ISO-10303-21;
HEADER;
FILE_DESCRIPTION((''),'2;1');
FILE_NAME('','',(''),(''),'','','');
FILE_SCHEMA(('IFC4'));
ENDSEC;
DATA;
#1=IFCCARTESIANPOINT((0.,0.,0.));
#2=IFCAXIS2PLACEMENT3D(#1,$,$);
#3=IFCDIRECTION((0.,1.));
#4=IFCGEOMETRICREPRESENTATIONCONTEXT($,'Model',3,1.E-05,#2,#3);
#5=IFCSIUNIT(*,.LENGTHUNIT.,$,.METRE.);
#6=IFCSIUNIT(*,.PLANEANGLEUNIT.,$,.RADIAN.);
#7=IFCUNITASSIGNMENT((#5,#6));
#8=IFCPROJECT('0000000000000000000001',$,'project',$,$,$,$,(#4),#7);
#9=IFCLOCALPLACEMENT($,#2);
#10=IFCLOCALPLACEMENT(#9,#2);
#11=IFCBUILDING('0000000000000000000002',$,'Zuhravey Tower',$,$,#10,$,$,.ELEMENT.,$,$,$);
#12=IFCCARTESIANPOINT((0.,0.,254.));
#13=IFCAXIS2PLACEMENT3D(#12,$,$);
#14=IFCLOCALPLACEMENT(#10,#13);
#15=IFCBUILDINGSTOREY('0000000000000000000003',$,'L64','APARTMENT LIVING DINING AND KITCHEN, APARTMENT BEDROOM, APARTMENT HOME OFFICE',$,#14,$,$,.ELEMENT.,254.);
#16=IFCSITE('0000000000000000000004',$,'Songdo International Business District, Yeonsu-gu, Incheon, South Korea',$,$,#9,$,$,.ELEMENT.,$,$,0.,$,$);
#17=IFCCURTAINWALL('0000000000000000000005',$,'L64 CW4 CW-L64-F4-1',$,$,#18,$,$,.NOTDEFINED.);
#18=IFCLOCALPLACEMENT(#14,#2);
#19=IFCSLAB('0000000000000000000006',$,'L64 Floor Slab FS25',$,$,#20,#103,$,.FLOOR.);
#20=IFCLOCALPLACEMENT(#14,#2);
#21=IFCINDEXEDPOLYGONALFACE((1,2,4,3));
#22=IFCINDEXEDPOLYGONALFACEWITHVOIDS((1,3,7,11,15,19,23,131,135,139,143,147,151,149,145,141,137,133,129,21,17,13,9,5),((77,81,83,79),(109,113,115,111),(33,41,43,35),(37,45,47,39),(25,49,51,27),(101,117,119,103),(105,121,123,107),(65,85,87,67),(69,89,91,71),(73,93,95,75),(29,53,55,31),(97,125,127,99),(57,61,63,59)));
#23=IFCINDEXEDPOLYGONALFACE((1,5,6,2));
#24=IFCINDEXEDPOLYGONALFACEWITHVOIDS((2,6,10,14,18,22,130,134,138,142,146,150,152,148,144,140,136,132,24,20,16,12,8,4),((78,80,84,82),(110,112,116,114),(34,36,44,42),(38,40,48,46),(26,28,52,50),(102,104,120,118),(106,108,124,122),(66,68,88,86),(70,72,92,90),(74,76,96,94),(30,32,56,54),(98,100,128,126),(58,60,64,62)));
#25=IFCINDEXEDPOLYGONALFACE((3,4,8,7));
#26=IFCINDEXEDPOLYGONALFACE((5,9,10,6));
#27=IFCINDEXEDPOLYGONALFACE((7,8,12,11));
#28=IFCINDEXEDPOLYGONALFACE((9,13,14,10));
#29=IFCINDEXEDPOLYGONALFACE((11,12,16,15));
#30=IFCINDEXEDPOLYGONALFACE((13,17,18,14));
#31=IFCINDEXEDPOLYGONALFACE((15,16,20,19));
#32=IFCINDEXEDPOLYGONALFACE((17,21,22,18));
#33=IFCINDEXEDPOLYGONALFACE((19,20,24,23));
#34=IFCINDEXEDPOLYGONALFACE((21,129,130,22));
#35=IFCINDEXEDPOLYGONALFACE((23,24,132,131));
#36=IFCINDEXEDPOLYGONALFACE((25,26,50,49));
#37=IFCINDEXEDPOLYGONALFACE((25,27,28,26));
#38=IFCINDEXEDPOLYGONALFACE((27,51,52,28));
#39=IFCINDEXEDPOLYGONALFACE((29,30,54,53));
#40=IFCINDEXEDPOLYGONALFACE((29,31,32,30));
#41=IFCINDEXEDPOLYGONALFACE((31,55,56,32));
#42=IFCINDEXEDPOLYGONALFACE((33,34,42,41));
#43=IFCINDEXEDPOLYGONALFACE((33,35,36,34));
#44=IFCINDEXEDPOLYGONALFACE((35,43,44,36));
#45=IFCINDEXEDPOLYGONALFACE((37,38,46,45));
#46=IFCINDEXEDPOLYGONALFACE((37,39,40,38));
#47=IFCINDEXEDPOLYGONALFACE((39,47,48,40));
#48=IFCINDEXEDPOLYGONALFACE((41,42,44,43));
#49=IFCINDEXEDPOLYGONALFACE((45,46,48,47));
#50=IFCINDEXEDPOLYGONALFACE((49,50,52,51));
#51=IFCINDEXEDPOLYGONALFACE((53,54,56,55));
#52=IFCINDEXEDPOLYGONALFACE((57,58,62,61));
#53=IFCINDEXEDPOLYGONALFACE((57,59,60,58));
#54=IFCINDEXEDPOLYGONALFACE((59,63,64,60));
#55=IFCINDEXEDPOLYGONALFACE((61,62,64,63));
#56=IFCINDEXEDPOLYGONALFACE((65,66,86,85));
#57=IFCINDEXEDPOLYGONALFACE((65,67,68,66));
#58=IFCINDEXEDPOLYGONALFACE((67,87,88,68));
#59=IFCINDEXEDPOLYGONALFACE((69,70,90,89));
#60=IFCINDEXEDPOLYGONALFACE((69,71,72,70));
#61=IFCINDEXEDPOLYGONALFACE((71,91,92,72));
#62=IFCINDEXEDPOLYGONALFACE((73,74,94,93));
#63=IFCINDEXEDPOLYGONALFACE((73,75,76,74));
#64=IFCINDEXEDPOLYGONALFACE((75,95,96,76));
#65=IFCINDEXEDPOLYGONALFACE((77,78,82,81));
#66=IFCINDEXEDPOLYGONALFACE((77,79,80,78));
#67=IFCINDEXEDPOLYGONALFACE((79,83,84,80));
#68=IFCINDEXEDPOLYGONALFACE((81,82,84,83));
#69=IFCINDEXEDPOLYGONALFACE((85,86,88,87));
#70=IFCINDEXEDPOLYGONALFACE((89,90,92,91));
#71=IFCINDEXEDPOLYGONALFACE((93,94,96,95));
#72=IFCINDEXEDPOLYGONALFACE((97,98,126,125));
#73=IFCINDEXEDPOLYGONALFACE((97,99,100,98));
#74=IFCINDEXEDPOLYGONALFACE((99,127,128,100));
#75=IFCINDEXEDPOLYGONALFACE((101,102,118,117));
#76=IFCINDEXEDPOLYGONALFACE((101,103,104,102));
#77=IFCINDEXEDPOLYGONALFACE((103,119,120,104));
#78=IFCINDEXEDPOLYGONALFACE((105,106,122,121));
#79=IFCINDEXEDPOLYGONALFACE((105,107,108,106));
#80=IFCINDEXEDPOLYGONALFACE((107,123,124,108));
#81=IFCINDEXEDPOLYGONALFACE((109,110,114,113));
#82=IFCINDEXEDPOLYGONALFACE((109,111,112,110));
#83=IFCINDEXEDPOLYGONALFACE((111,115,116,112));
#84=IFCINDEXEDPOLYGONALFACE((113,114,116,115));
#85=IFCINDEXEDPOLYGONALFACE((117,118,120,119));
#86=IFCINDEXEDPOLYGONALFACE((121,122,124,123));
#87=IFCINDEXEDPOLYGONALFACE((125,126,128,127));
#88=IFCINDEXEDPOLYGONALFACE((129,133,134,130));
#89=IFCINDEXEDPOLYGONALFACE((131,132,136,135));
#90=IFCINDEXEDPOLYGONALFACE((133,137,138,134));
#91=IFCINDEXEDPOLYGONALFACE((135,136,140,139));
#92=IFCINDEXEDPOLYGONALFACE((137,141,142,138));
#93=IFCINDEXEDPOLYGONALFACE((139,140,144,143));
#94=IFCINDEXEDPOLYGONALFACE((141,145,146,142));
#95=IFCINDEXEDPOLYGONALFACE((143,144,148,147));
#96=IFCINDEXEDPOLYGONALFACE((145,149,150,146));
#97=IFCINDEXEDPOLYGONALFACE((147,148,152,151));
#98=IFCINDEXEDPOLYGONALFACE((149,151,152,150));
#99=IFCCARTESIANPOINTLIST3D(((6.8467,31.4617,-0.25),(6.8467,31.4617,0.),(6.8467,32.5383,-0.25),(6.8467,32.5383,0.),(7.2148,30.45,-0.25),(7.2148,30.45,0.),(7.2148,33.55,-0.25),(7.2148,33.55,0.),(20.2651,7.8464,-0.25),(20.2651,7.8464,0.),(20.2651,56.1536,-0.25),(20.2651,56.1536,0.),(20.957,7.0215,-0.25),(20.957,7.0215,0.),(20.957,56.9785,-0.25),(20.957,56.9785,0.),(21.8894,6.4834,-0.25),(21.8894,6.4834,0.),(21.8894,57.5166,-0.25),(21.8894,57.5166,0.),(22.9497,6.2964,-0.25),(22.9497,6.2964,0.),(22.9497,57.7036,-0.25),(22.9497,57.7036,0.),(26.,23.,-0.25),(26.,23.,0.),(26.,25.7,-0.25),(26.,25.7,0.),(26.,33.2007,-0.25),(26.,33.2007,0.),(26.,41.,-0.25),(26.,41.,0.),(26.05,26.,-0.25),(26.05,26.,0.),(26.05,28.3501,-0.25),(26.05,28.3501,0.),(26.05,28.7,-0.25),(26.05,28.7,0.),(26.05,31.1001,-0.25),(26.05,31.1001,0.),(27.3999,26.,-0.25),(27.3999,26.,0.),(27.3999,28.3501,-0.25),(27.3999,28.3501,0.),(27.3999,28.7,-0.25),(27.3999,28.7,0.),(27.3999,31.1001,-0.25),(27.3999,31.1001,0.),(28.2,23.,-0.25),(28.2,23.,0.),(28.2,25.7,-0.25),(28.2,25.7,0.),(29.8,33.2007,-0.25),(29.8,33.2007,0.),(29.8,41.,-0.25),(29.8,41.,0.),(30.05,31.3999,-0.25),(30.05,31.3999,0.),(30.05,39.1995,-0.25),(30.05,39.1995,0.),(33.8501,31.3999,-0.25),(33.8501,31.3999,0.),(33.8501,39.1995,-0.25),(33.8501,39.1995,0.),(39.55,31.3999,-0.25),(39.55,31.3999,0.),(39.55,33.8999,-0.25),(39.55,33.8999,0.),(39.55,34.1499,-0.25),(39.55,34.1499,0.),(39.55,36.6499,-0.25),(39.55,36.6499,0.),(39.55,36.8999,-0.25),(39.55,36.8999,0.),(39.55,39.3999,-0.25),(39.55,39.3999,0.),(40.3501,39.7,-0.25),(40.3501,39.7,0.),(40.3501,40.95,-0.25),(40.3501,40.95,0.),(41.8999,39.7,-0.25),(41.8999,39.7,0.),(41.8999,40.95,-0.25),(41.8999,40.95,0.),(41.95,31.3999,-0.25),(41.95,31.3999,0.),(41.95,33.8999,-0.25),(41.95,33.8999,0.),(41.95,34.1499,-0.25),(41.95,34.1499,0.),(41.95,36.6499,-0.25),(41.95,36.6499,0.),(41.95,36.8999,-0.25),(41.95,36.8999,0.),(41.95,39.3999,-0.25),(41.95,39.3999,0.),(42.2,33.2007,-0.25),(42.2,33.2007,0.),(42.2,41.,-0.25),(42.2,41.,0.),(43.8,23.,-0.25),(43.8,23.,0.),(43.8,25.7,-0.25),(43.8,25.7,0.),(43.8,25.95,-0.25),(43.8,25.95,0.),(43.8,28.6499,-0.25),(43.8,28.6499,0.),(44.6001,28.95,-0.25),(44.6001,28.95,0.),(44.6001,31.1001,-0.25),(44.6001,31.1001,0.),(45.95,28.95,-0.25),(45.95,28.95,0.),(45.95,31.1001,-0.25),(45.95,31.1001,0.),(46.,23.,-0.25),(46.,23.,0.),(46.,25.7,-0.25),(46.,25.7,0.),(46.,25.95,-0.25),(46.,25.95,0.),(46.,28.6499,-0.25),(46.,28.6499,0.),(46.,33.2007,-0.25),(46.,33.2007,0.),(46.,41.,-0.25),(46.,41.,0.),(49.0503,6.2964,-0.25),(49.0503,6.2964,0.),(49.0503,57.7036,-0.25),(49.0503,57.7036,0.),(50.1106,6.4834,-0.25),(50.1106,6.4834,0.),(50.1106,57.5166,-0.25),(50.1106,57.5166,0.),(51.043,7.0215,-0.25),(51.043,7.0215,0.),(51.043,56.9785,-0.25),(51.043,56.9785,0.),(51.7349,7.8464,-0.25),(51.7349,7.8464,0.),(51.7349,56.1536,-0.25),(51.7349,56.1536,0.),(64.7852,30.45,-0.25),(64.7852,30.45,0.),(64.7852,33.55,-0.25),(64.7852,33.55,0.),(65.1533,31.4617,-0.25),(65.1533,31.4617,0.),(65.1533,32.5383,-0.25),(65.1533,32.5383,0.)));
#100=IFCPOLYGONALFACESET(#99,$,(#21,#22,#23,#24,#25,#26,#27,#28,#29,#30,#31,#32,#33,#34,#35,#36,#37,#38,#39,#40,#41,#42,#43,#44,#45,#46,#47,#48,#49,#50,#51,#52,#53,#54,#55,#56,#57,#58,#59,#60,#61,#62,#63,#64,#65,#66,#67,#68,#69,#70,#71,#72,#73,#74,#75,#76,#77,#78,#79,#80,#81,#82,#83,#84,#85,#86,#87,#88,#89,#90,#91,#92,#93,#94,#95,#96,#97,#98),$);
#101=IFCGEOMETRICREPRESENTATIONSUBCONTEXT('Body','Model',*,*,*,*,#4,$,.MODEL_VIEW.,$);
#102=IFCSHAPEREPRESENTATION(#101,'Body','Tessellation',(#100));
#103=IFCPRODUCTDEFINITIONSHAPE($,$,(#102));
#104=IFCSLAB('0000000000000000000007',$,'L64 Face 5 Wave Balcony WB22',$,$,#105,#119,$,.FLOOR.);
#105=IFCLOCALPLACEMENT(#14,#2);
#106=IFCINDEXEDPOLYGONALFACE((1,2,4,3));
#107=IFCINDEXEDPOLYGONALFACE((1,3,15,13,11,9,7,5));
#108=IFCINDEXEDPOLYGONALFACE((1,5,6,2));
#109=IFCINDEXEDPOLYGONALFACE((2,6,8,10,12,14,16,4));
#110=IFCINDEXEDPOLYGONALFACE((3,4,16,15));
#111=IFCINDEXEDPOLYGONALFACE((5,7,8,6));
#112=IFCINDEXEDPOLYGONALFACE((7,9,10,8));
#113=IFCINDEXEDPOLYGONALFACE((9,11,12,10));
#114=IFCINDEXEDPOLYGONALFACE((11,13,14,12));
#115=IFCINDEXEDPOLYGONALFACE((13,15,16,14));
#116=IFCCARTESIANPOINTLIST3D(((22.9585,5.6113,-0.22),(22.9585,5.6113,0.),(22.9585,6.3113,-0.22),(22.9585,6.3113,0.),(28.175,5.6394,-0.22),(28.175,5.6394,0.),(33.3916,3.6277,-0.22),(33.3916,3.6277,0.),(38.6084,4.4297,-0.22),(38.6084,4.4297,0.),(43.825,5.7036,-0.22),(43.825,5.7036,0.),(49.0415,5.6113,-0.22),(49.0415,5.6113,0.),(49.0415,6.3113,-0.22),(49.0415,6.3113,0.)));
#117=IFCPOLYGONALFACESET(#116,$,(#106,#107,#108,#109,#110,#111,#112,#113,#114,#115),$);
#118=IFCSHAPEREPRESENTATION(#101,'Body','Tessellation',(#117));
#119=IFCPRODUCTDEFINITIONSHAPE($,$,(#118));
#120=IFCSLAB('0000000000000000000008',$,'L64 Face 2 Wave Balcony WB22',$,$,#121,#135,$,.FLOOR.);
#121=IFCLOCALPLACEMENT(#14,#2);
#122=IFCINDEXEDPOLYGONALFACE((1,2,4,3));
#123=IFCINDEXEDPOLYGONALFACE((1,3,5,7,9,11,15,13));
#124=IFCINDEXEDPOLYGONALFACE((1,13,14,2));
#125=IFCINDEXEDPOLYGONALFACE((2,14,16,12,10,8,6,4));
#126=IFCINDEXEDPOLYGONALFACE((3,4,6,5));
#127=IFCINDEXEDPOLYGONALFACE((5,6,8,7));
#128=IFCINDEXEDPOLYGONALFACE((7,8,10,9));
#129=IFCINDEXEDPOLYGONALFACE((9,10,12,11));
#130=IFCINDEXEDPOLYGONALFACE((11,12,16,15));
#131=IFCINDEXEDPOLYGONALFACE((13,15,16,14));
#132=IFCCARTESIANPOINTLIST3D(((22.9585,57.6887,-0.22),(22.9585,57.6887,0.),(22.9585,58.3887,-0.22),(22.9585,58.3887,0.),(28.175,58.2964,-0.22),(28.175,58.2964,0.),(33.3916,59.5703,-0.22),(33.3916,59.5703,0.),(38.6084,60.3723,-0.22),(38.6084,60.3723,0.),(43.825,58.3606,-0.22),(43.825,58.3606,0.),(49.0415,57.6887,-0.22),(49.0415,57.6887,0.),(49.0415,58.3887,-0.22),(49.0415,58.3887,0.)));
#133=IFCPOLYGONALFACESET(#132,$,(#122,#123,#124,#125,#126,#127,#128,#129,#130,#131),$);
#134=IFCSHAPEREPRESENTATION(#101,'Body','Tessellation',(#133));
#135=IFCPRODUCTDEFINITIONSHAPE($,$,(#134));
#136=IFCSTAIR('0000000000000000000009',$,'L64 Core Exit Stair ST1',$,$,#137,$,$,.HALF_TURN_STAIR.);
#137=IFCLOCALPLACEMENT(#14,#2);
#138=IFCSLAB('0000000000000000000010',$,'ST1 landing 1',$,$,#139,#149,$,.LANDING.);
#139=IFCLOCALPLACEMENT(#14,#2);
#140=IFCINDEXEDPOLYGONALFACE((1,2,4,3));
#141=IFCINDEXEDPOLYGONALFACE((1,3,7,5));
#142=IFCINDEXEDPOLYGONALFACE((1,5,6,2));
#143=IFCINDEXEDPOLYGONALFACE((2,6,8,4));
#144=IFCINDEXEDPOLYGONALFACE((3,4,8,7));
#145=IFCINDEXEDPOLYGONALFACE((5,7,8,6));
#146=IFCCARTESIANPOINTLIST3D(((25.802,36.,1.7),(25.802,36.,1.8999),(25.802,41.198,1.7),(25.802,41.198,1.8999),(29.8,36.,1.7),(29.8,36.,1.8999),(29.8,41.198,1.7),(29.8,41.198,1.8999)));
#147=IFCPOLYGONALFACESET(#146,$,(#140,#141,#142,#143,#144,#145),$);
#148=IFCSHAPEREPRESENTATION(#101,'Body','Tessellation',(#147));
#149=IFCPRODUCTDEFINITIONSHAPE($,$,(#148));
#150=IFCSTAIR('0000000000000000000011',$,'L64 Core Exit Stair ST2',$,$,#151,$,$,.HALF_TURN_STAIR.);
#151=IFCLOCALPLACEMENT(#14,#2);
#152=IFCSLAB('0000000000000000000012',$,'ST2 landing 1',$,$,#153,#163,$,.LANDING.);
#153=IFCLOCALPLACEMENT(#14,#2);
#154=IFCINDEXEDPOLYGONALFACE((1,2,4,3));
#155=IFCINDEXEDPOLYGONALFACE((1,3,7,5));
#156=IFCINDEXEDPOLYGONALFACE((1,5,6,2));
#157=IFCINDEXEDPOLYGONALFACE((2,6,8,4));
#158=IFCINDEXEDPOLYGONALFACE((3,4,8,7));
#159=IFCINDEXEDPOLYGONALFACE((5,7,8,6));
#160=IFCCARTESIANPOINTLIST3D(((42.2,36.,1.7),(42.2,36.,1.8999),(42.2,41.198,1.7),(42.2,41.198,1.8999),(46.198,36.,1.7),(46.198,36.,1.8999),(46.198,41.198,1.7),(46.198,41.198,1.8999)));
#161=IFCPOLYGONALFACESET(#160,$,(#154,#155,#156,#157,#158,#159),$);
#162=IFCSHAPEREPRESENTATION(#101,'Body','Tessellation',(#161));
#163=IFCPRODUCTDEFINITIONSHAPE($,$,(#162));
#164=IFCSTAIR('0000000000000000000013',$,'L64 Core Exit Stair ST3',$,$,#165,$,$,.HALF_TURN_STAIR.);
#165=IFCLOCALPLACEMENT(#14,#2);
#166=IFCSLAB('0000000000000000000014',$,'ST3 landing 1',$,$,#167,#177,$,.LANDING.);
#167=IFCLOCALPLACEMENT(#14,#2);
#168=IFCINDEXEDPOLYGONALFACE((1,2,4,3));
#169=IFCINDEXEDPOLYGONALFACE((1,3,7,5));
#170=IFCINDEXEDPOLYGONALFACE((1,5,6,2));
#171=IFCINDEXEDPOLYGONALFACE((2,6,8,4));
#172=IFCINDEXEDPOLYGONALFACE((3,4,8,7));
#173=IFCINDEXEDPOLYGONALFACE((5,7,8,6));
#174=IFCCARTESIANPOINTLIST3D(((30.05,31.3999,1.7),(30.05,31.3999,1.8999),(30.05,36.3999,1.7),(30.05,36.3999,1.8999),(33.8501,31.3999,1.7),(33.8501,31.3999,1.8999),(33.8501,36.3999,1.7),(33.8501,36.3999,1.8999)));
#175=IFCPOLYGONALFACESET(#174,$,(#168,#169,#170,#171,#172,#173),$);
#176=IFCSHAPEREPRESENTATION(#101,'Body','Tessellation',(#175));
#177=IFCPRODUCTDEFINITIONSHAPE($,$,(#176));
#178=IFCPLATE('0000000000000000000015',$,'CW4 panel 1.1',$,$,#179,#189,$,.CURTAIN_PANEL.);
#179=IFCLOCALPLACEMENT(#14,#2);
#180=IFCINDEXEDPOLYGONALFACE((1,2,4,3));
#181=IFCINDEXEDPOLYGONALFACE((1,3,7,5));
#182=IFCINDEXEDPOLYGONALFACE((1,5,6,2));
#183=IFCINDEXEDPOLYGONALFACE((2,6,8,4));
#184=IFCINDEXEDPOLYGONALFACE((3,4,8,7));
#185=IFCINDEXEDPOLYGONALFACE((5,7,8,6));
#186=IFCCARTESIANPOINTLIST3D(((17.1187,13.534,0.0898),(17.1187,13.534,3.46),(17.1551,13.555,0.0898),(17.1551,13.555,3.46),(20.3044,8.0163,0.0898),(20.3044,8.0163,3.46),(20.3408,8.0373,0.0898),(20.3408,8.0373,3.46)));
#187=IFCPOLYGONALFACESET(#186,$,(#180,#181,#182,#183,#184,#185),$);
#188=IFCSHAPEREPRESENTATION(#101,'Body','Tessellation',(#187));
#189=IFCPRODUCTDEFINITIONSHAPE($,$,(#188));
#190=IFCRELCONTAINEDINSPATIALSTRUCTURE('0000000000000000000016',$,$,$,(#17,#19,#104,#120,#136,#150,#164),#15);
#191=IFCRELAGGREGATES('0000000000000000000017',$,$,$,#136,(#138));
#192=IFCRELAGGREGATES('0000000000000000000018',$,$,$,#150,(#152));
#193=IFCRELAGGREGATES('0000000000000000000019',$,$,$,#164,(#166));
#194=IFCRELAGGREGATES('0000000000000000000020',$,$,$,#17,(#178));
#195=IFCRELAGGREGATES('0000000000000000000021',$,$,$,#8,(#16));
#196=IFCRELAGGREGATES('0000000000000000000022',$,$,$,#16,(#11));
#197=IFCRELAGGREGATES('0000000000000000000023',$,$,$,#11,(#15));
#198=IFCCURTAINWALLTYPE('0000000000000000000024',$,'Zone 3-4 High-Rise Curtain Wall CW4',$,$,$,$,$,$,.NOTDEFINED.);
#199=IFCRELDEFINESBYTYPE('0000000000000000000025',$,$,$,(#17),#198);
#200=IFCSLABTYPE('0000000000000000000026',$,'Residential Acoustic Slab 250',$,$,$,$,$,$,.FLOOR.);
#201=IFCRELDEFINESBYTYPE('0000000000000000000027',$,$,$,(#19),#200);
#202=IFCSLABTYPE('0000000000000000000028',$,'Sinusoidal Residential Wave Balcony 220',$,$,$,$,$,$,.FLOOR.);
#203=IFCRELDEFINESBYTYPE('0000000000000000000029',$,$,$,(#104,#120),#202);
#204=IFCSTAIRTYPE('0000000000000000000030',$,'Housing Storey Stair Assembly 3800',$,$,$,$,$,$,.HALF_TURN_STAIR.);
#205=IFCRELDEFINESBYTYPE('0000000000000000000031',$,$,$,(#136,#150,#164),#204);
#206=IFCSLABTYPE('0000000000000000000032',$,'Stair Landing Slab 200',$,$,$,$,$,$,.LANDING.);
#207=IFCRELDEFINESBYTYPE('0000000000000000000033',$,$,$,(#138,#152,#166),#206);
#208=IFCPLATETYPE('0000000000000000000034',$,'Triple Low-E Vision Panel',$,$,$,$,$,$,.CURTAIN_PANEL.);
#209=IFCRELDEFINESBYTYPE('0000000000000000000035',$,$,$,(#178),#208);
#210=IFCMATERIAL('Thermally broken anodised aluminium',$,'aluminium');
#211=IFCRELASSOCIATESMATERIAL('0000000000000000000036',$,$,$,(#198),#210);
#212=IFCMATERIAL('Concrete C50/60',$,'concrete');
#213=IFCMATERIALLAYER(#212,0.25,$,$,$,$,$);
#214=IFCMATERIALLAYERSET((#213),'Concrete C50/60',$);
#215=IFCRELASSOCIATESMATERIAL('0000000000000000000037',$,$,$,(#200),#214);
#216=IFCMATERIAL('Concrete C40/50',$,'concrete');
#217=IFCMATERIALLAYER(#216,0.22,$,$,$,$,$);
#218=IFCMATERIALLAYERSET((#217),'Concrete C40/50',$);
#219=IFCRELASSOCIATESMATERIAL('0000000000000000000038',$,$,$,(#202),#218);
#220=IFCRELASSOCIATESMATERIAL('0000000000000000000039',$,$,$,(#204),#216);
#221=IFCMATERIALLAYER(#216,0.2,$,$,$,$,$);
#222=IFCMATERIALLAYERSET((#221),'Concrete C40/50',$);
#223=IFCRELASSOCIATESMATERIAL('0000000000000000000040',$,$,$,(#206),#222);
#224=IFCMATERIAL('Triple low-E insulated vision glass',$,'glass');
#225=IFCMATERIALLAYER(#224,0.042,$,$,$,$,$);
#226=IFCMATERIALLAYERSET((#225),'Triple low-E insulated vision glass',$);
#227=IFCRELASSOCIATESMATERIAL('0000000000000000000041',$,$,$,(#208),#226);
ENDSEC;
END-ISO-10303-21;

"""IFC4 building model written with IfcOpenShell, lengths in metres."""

from ifc_helpers import new_model, si_unit, direction, frame, origin, origin_2d, place, context, subcontext, project, spatial, polyline, rectangle, outline, extrude, material, layer, layer_set, type_object, element, aggregate, save


model = new_model("IFC4")

# Units and contexts
model_context = context("Model", 3, precision=1e-05, world=origin(), true_north=direction((0.0, 1.0)))
body_context = subcontext(model_context, "Body", "Model", "MODEL_VIEW")
ifc_project = project(units=[si_unit("LENGTHUNIT", "METRE"), si_unit("PLANEANGLEUNIT", "RADIAN")], contexts=[model_context])

# Site, building, storey
site_placement = place(None, origin())
site = spatial("IfcSite", under=ifc_project, at=site_placement, Name="Songdo International Business District, Yeonsu-gu, Incheon, South Korea", CompositionType="ELEMENT", RefElevation=0.0)
building_placement = place(site_placement, origin())
building = spatial("IfcBuilding", under=site, at=building_placement, Name="Zuhravey Tower", CompositionType="ELEMENT")
storey_placement = place(building_placement, frame((0.0, 0.0, 254.0)))
storey = spatial("IfcBuildingStorey", under=building, at=storey_placement, Name="L64", Description="APARTMENT LIVING DINING AND KITCHEN, APARTMENT BEDROOM, APARTMENT HOME OFFICE", CompositionType="ELEMENT", Elevation=254.0)

# Shared definitions
ifc_material_1 = material(Name="Concrete C50/60", Category="concrete")

# Curtain wall
ifc_material_2 = material(Name="Thermally broken anodised aluminium", Category="aluminium")
curtain_wall_type = type_object("IfcCurtainWallType", Name="Zone 3-4 High-Rise Curtain Wall CW4", PredefinedType="NOTDEFINED", material=ifc_material_2)
curtain_wall_placement = place(storey_placement, origin())
curtain_wall = element("IfcCurtainWall", 1, at=curtain_wall_placement, inside=storey, type_object=curtain_wall_type, Name="L64 CW4 CW-L64-F4-1", PredefinedType="NOTDEFINED")

# Slabs
ifc_layer_1 = layer(ifc_material_1, 0.25)
ifc_layer_set_1 = layer_set([ifc_layer_1], Name="Concrete C50/60")
slab_type_1 = type_object("IfcSlabType", Name="Residential Acoustic Slab 250", PredefinedType="FLOOR", material=ifc_layer_set_1)
slab_1_placement = place(storey_placement, frame((0.0, 0.0, -0.25)))
element("IfcSlab", 2, at=slab_1_placement, inside=storey, type_object=slab_type_1, Name="L64 Floor Slab FS25", PredefinedType="FLOOR", context=body_context, shape_type="SweptSolid", body=[
    extrude(outline(polyline([(64.7852, 30.45), (65.1533, 31.4617), (65.1533, 32.5383), (64.7852, 33.55), (51.7349, 56.1536), (51.043, 56.9785), (50.1106, 57.5166), (49.0503, 57.7036), (22.9497, 57.7036), (21.8894, 57.5166), (20.957, 56.9785), (20.2651, 56.1536), (7.2148, 33.55), (6.8467, 32.5383), (6.8467, 31.4617), (7.2148, 30.45), (20.2651, 7.8464), (20.957, 7.0215), (21.8894, 6.4834), (22.9497, 6.2964), (49.0503, 6.2964), (50.1106, 6.4834), (51.043, 7.0215), (51.7349, 7.8464), (64.7852, 30.45)]), holes=[polyline([(29.8, 33.2007), (29.8, 41.0), (26.0, 41.0), (26.0, 33.2007), (29.8, 33.2007)]), polyline([(46.0, 33.2007), (46.0, 41.0), (42.2, 41.0), (42.2, 33.2007), (46.0, 33.2007)]), polyline([(30.05, 39.1995), (30.05, 31.3999), (33.8501, 31.3999), (33.8501, 39.1995), (30.05, 39.1995)]), polyline([(39.55, 31.3999), (41.95, 31.3999), (41.95, 33.8999), (39.55, 33.8999), (39.55, 31.3999)]), polyline([(39.55, 34.1499), (41.95, 34.1499), (41.95, 36.6499), (39.55, 36.6499), (39.55, 34.1499)]), polyline([(39.55, 36.8999), (41.95, 36.8999), (41.95, 39.3999), (39.55, 39.3999), (39.55, 36.8999)]), polyline([(26.0, 23.0), (28.2, 23.0), (28.2, 25.7), (26.0, 25.7), (26.0, 23.0)]), polyline([(43.8, 23.0), (46.0, 23.0), (46.0, 25.7), (43.8, 25.7), (43.8, 23.0)]), polyline([(43.8, 25.95), (46.0, 25.95), (46.0, 28.6499), (43.8, 28.6499), (43.8, 25.95)]), polyline([(26.05, 26.0), (27.3999, 26.0), (27.3999, 28.3501), (26.05, 28.3501), (26.05, 26.0)]), polyline([(26.05, 28.7), (27.3999, 28.7), (27.3999, 31.1001), (26.05, 31.1001), (26.05, 28.7)]), polyline([(44.6001, 28.95), (45.95, 28.95), (45.95, 31.1001), (44.6001, 31.1001), (44.6001, 28.95)]), polyline([(40.3501, 39.7), (41.8999, 39.7), (41.8999, 40.95), (40.3501, 40.95), (40.3501, 39.7)])]), origin(), (0.0, 0.0, 1.0), 0.25),
])
ifc_material_3 = material(Name="Concrete C40/50", Category="concrete")
ifc_layer_2 = layer(ifc_material_3, 0.22)
ifc_layer_set_2 = layer_set([ifc_layer_2], Name="Concrete C40/50")
slab_type_2 = type_object("IfcSlabType", Name="Sinusoidal Residential Wave Balcony 220", PredefinedType="FLOOR", material=ifc_layer_set_2)
slab_2_placement = place(storey_placement, frame((0.0, 0.0, -0.22)))
element("IfcSlab", 3, at=slab_2_placement, inside=storey, type_object=slab_type_2, Name="L64 Face 5 Wave Balcony WB22", PredefinedType="FLOOR", context=body_context, shape_type="SweptSolid", body=[
    extrude(outline(polyline([(22.9585, 6.3113), (49.0415, 6.3113), (49.0415, 5.6113), (43.825, 5.7036), (38.6084, 4.4297), (33.3916, 3.6277), (28.175, 5.6394), (22.9585, 5.6113), (22.9585, 6.3113)])), origin(), (0.0, 0.0, 1.0), 0.22),
])
slab_3_placement = place(storey_placement, frame((0.0, 0.0, -0.22)))
element("IfcSlab", 4, at=slab_3_placement, inside=storey, type_object=slab_type_2, Name="L64 Face 2 Wave Balcony WB22", PredefinedType="FLOOR", context=body_context, shape_type="SweptSolid", body=[
    extrude(outline(polyline([(49.0415, 57.6887), (22.9585, 57.6887), (22.9585, 58.3887), (28.175, 58.2964), (33.3916, 59.5703), (38.6084, 60.3723), (43.825, 58.3606), (49.0415, 58.3887), (49.0415, 57.6887)])), origin(), (0.0, 0.0, 1.0), 0.22),
])

# Stairs, slabs
stair_type = type_object("IfcStairType", Name="Housing Storey Stair Assembly 3800", PredefinedType="HALF_TURN_STAIR", material=ifc_material_3)
stair_1_placement = place(storey_placement, origin())
stair_1 = element("IfcStair", 5, at=stair_1_placement, inside=storey, type_object=stair_type, Name="L64 Core Exit Stair ST1", PredefinedType="HALF_TURN_STAIR")
ifc_layer_3 = layer(ifc_material_3, 0.2)
ifc_layer_set_3 = layer_set([ifc_layer_3], Name="Concrete C40/50")
slab_type_3 = type_object("IfcSlabType", Name="Stair Landing Slab 200", PredefinedType="LANDING", material=ifc_layer_set_3)
slab_4_placement = place(storey_placement, frame((0.0, 0.0, 1.7)))
slab_4 = element("IfcSlab", 6, at=slab_4_placement, type_object=slab_type_3, Name="ST1 landing 1", PredefinedType="LANDING", context=body_context, shape_type="SweptSolid", body=[
    extrude(outline(polyline([(29.8, 36.0), (29.8, 41.198), (25.802, 41.198), (25.802, 36.0), (29.8, 36.0)])), origin(), (0.0, 0.0, 1.0), 0.2),
])
aggregate(stair_1, [slab_4])
stair_2_placement = place(storey_placement, origin())
stair_2 = element("IfcStair", 7, at=stair_2_placement, inside=storey, type_object=stair_type, Name="L64 Core Exit Stair ST2", PredefinedType="HALF_TURN_STAIR")
slab_5_placement = place(storey_placement, frame((0.0, 0.0, 1.7)))
slab_5 = element("IfcSlab", 8, at=slab_5_placement, type_object=slab_type_3, Name="ST2 landing 1", PredefinedType="LANDING", context=body_context, shape_type="SweptSolid", body=[
    extrude(outline(polyline([(46.198, 36.0), (46.198, 41.198), (42.2, 41.198), (42.2, 36.0), (46.198, 36.0)])), origin(), (0.0, 0.0, 1.0), 0.2),
])
aggregate(stair_2, [slab_5])
stair_3_placement = place(storey_placement, origin())
stair_3 = element("IfcStair", 9, at=stair_3_placement, inside=storey, type_object=stair_type, Name="L64 Core Exit Stair ST3", PredefinedType="HALF_TURN_STAIR")
slab_6_placement = place(storey_placement, frame((0.0, 0.0, 1.7)))
slab_6 = element("IfcSlab", 10, at=slab_6_placement, type_object=slab_type_3, Name="ST3 landing 1", PredefinedType="LANDING", context=body_context, shape_type="SweptSolid", body=[
    extrude(outline(polyline([(30.05, 36.3999), (30.05, 31.3999), (33.8501, 31.3999), (33.8501, 36.3999), (30.05, 36.3999)])), origin(), (0.0, 0.0, 1.0), 0.2),
])
aggregate(stair_3, [slab_6])

# Plate
ifc_material_4 = material(Name="Triple low-E insulated vision glass", Category="glass")
ifc_layer_4 = layer(ifc_material_4, 0.042)
ifc_layer_set_4 = layer_set([ifc_layer_4], Name="Triple low-E insulated vision glass")
plate_type_1 = type_object("IfcPlateType", Name="Triple Low-E Vision Panel", PredefinedType="CURTAIN_PANEL", material=ifc_layer_set_4)
plate_1_placement = place(storey_placement, frame((18.7297, 10.7856, 0.0898), z_axis=(0.0, 0.0, 1.0), x_axis=(-0.500001, 0.866025, 0.0)))
plate_1 = element("IfcPlate", 11, at=plate_1_placement, type_object=plate_type_1, Name="CW4 panel 1.1", PredefinedType="CURTAIN_PANEL", context=body_context, shape_type="SweptSolid", body=[
    extrude(rectangle(XDim=6.3713, YDim=0.042, at=origin_2d()), origin(), (0.0, 0.0, 1.0), 3.3701),
])
aggregate(curtain_wall, [plate_1])

save(model, "model.ifc")
